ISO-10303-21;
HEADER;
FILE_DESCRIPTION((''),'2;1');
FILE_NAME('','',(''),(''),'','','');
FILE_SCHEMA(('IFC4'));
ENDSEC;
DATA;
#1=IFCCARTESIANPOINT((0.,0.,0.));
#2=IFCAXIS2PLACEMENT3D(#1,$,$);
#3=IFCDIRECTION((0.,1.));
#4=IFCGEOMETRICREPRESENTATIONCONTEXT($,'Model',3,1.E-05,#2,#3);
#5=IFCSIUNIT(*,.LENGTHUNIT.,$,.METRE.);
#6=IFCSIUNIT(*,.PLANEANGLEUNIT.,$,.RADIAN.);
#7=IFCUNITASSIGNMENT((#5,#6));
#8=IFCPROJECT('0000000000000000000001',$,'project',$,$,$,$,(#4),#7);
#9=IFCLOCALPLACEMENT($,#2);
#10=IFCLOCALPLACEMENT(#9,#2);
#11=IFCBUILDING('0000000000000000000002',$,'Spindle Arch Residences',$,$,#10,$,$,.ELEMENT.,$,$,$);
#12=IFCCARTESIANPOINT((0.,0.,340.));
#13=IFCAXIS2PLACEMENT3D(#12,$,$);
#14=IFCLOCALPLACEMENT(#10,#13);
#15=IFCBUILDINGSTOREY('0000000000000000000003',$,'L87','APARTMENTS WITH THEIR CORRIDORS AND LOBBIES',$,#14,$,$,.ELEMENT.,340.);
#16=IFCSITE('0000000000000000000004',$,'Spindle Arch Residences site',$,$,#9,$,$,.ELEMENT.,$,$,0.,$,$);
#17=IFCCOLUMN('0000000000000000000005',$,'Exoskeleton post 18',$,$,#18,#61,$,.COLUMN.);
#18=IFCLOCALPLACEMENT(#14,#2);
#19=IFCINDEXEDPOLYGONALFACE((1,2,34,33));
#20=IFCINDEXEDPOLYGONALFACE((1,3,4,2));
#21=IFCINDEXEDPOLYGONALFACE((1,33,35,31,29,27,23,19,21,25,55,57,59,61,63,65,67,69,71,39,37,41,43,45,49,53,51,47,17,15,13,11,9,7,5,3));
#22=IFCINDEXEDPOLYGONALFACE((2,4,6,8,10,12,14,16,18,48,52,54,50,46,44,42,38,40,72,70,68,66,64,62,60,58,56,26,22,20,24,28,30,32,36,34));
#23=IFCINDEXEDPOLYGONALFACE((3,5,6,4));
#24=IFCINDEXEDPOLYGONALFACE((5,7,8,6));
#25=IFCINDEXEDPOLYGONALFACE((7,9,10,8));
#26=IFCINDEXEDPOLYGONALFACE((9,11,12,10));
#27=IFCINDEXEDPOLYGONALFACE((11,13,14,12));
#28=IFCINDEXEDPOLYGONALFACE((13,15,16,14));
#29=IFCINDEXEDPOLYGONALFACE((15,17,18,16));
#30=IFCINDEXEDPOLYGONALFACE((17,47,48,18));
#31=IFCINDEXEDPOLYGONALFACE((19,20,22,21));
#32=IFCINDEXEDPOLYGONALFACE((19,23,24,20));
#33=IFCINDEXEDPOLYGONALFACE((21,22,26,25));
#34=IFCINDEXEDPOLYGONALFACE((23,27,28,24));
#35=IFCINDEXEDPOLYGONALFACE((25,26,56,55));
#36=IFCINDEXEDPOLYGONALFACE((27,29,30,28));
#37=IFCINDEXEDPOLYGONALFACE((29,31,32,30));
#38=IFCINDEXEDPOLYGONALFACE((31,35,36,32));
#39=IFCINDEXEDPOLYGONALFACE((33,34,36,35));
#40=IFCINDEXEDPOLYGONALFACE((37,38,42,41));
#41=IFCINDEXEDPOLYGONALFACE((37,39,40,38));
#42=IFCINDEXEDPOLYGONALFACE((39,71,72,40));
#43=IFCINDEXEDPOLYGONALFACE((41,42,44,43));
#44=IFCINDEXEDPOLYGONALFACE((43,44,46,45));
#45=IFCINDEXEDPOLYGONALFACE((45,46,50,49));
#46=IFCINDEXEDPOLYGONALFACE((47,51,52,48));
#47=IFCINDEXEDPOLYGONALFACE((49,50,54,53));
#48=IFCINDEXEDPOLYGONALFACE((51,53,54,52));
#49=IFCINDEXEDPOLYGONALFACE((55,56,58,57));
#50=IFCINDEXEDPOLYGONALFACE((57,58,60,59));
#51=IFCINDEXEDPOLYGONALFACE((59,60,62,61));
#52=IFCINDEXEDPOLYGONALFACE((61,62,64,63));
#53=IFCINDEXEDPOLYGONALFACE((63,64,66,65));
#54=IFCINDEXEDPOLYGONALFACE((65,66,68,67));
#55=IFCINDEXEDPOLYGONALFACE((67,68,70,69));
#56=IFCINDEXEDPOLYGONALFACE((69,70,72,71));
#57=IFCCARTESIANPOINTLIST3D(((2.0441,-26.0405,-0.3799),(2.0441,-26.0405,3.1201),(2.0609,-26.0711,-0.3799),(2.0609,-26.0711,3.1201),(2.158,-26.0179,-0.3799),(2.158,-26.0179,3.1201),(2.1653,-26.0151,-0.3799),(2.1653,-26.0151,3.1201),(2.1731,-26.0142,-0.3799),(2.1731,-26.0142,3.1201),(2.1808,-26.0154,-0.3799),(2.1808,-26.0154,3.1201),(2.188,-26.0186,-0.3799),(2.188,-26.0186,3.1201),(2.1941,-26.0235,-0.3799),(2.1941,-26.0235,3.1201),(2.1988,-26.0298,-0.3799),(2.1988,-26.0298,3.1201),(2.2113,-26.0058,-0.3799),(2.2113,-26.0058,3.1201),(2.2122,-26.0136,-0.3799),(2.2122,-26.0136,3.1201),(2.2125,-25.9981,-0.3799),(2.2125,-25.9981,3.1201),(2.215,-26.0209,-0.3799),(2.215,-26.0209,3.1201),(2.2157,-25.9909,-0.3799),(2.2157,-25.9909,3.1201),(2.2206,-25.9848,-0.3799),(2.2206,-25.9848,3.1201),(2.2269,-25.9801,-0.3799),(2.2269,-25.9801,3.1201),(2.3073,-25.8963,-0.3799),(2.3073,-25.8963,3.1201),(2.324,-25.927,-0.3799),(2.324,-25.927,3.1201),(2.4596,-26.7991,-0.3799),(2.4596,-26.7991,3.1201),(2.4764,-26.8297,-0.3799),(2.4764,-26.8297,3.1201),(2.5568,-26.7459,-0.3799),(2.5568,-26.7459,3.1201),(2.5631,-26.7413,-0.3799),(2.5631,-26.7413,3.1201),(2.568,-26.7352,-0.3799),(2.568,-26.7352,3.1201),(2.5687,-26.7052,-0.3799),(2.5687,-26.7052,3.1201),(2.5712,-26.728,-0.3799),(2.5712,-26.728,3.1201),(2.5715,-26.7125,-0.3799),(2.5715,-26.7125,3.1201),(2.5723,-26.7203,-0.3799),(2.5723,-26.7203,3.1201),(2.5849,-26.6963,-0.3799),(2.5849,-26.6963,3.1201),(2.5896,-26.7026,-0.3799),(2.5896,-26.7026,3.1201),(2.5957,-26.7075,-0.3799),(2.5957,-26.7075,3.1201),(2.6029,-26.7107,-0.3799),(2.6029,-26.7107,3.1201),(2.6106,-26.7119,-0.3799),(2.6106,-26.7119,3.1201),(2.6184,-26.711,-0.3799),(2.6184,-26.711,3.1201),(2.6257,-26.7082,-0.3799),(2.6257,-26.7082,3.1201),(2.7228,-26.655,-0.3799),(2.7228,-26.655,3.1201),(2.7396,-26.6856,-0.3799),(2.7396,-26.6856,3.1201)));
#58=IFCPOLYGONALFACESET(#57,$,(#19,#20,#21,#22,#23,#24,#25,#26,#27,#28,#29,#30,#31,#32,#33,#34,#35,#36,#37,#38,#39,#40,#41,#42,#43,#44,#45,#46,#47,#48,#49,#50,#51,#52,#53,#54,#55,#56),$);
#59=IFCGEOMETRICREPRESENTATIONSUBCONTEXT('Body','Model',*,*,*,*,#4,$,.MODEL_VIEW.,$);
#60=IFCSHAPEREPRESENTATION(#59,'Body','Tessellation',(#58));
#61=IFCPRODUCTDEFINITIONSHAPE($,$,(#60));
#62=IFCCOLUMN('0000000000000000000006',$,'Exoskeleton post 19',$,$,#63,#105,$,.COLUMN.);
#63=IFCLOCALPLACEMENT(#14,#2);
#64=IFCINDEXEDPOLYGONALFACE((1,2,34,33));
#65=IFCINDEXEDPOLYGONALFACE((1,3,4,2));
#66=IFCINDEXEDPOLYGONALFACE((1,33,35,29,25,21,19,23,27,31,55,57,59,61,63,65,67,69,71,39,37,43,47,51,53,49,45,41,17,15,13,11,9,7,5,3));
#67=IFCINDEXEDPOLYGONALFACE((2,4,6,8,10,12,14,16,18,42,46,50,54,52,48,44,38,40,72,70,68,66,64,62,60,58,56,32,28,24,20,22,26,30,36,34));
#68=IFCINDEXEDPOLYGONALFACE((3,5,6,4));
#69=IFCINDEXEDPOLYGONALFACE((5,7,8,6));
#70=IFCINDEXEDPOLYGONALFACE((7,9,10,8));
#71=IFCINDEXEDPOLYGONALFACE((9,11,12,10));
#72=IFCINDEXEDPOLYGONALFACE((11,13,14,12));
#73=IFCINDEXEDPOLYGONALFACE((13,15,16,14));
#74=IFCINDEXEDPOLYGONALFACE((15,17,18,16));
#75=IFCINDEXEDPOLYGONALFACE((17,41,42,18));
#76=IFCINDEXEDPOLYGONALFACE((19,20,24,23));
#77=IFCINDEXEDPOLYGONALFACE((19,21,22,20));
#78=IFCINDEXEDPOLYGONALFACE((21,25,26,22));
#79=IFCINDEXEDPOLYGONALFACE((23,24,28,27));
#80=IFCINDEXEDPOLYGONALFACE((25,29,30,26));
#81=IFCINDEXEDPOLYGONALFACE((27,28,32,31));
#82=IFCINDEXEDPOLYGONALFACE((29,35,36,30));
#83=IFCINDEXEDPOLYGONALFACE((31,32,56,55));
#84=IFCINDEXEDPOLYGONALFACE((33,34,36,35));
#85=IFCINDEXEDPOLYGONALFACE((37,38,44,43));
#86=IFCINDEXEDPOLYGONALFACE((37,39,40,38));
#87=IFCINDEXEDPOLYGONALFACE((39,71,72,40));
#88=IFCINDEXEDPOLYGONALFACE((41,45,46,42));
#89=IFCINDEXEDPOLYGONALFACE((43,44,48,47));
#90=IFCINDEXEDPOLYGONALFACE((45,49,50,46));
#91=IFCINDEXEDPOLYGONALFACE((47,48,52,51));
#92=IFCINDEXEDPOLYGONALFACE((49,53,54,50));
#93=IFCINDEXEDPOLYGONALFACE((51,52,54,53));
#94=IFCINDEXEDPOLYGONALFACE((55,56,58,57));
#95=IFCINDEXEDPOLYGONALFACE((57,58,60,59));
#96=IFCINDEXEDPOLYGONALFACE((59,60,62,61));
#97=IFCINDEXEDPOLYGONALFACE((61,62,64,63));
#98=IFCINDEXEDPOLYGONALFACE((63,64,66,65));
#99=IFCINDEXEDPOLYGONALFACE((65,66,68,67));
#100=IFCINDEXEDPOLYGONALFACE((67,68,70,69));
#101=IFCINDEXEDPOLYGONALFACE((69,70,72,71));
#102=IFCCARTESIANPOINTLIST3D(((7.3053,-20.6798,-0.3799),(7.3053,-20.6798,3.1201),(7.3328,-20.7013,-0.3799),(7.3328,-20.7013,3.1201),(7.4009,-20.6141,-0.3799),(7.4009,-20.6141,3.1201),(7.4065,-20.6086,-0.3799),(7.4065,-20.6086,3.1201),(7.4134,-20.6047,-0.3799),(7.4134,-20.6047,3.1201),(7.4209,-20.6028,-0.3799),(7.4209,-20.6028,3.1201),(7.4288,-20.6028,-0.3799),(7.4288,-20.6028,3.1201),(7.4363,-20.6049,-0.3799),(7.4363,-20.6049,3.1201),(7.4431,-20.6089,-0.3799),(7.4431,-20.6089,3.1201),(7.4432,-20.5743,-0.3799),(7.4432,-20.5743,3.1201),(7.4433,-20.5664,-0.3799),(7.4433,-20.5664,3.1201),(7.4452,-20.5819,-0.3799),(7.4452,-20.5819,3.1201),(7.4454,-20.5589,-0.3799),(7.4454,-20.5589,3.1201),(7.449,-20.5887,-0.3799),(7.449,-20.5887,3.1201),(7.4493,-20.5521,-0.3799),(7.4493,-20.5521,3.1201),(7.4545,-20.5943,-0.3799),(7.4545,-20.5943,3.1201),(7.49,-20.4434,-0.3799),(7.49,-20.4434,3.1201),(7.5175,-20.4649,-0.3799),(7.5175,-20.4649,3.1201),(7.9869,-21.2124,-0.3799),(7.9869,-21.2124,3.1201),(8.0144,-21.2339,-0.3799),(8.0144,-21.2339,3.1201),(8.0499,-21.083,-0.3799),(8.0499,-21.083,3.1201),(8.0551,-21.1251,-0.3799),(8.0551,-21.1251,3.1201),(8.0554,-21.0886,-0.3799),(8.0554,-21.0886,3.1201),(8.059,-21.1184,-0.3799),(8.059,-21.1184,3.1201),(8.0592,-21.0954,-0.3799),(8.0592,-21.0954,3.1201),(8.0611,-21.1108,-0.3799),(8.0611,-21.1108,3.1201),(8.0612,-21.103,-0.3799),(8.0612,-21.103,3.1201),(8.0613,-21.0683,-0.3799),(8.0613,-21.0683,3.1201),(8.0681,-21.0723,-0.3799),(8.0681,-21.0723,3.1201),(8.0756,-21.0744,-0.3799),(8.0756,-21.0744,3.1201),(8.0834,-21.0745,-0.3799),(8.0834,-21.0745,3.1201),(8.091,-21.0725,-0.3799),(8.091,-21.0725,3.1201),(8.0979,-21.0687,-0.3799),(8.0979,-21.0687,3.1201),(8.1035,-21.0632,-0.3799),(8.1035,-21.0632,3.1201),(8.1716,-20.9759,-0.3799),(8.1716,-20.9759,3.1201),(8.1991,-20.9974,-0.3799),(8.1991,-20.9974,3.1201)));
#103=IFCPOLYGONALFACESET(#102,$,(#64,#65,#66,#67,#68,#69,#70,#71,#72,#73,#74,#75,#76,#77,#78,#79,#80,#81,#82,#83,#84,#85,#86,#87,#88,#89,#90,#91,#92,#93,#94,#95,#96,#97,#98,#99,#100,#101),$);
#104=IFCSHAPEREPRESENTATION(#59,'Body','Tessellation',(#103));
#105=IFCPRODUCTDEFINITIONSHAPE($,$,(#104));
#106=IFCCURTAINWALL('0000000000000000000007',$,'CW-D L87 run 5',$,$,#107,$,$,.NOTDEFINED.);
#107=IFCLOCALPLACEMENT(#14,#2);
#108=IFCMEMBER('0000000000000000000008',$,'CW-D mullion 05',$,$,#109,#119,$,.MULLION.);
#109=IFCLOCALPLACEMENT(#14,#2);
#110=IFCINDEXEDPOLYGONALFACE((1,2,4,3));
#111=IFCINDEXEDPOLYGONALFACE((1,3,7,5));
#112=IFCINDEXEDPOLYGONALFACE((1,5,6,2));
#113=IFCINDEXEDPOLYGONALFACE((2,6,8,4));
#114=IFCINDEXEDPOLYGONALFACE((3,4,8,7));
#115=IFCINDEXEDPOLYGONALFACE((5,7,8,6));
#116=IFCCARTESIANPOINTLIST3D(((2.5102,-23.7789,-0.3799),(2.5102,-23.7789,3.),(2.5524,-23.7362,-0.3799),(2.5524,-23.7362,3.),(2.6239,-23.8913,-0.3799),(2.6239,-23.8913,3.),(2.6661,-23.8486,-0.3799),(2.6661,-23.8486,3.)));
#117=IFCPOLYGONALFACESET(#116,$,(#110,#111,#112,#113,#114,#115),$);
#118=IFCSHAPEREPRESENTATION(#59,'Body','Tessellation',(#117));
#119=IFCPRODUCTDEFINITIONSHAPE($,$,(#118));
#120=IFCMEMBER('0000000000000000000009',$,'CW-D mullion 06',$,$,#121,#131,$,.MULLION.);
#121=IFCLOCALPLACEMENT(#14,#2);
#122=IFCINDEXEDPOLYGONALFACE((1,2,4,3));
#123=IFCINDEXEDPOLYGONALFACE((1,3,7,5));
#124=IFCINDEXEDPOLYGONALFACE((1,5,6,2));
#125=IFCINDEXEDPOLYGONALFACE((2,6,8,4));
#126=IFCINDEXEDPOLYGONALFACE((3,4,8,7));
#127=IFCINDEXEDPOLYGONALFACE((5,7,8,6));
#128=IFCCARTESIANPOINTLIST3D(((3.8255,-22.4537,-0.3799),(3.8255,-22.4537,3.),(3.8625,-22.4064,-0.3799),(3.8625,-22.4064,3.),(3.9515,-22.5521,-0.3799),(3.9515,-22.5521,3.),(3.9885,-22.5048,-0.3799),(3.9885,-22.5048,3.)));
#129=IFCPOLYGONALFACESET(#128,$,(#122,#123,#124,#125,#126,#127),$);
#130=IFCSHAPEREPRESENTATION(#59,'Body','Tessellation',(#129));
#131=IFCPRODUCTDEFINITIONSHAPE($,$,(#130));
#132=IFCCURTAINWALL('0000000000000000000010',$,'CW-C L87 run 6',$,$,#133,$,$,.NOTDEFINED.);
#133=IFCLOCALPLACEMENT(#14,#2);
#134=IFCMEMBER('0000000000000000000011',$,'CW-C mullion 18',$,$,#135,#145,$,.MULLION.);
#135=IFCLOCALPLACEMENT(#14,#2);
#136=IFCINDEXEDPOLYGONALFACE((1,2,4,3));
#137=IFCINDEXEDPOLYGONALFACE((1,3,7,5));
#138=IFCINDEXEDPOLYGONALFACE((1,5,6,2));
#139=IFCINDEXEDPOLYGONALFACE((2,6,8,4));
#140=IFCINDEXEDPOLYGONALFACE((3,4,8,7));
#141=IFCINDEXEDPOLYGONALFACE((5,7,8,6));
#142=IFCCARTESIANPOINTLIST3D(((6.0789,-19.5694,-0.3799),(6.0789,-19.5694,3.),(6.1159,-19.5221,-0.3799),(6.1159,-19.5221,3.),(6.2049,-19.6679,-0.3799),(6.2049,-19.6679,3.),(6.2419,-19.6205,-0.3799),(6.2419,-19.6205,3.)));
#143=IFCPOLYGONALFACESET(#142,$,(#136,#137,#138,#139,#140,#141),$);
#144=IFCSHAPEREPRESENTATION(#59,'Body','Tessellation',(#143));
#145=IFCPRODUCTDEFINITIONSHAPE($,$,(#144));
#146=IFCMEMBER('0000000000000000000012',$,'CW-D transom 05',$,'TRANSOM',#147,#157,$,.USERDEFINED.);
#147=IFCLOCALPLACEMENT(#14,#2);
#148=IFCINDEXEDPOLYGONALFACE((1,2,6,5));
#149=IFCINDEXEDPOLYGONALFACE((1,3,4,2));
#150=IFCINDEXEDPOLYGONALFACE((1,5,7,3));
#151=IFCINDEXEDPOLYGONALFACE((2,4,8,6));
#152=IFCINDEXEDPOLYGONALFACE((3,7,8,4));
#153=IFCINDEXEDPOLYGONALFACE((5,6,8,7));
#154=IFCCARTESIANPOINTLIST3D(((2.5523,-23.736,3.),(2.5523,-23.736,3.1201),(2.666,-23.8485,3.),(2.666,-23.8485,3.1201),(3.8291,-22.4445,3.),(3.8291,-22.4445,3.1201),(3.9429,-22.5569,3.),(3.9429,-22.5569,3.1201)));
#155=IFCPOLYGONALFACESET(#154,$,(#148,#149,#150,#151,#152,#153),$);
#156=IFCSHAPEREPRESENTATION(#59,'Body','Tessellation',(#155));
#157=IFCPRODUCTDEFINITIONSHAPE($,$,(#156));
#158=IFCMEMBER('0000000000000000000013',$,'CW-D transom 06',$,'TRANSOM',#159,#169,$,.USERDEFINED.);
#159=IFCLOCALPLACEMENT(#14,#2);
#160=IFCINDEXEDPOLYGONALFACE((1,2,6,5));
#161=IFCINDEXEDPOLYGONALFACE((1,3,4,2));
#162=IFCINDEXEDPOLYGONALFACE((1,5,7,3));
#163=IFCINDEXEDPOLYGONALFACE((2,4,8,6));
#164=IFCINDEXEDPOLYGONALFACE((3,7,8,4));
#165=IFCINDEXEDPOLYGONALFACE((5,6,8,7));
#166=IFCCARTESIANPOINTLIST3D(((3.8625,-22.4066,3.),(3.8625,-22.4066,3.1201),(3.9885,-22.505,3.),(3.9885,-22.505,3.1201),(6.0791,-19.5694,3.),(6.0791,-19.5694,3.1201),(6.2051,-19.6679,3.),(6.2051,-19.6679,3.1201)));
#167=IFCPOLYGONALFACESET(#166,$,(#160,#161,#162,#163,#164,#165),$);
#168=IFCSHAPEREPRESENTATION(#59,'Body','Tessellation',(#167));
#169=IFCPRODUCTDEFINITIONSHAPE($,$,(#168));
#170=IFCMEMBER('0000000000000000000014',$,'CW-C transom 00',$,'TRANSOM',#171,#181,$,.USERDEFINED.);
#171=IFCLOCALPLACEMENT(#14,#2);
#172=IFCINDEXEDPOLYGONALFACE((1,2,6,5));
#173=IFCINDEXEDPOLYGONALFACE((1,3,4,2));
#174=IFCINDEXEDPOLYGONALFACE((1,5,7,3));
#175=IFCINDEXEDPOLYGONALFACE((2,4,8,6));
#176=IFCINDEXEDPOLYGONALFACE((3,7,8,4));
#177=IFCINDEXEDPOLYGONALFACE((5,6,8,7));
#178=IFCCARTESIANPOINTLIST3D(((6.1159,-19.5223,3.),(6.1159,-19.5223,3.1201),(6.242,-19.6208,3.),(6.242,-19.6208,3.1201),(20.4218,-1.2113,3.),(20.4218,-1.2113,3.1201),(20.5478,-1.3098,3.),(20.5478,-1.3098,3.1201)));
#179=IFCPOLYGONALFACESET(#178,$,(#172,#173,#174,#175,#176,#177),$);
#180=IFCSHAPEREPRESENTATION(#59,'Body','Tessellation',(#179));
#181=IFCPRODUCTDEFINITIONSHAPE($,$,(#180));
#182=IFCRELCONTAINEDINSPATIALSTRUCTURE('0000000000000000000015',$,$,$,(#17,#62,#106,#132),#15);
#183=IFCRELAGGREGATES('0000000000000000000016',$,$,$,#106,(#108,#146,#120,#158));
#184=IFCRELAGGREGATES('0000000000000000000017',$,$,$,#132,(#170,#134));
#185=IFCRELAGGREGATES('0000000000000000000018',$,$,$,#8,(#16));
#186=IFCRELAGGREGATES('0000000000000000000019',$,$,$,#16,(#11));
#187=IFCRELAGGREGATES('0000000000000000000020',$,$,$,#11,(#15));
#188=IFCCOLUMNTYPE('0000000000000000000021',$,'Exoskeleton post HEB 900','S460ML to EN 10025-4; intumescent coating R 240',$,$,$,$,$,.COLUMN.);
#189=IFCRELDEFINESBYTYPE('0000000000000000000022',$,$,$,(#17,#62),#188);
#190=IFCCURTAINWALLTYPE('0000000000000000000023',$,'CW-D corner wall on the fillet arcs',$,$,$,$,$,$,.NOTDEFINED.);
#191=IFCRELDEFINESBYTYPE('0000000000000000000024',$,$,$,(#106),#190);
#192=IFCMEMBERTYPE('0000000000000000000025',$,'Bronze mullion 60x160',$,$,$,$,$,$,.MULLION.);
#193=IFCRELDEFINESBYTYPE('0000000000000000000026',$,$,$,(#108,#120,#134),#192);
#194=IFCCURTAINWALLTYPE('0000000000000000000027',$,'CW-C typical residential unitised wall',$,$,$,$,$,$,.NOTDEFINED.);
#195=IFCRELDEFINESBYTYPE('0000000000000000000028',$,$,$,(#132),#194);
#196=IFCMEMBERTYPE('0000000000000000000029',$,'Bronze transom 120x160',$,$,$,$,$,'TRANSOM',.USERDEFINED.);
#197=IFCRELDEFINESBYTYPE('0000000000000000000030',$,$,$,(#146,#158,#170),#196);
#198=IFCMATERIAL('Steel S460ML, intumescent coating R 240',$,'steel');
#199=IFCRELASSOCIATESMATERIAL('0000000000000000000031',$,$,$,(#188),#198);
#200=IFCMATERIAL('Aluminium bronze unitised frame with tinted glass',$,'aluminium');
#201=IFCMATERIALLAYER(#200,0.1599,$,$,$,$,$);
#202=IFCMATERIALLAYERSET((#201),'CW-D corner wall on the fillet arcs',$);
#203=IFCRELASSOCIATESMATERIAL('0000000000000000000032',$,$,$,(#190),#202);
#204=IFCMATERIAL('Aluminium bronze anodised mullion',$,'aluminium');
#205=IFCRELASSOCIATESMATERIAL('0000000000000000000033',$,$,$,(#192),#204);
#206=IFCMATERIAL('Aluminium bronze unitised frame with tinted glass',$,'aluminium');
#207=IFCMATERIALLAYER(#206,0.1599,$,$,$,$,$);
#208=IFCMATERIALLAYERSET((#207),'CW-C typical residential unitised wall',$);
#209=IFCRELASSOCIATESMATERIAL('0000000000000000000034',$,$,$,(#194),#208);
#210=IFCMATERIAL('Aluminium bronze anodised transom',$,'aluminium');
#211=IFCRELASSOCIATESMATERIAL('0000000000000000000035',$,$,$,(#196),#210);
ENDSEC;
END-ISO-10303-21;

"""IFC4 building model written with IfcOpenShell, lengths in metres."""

from ifc_helpers import new_model, si_unit, direction, frame, origin, origin_2d, place, context, subcontext, project, spatial, rectangle, i_section, extrude, material, layer, layer_set, material_profile, profile_set, type_object, element, aggregate, save


model = new_model("IFC4")

# Units and contexts
model_context = context("Model", 3, precision=1e-05, world=origin(), true_north=direction((0.0, 1.0)))
body_context = subcontext(model_context, "Body", "Model", "MODEL_VIEW")
ifc_project = project(units=[si_unit("LENGTHUNIT", "METRE"), si_unit("PLANEANGLEUNIT", "RADIAN")], contexts=[model_context])

# Site, building, storey
site_placement = place(None, origin())
site = spatial("IfcSite", under=ifc_project, at=site_placement, Name="Spindle Arch Residences site", CompositionType="ELEMENT", RefElevation=0.0)
building_placement = place(site_placement, origin())
building = spatial("IfcBuilding", under=site, at=building_placement, Name="Spindle Arch Residences", CompositionType="ELEMENT")
storey_placement = place(building_placement, frame((0.0, 0.0, 340.0)))
storey = spatial("IfcBuildingStorey", under=building, at=storey_placement, Name="L87", Description="APARTMENTS WITH THEIR CORRIDORS AND LOBBIES", CompositionType="ELEMENT", Elevation=340.0)

# Columns
ifc_material_1 = material(Name="Steel S460ML, intumescent coating R 240", Category="steel")
ifc_material_profile_1 = material_profile(ifc_material_1, i_section(OverallWidth=0.3, OverallDepth=0.8999, WebThickness=0.0186, FlangeThickness=0.0349, FilletRadius=0.03, at=origin_2d()), Name="HEB 900")
ifc_profile_set_1 = profile_set([ifc_material_profile_1], Name="Steel S460ML, intumescent coating R 240")
column_type = type_object("IfcColumnType", Name="Exoskeleton post HEB 900", Description="S460ML to EN 10025-4; intumescent coating R 240", PredefinedType="COLUMN", material=ifc_profile_set_1)
for number, where, z_axis, x_axis, name in (
    (1, (2.3918, -26.363, -0.3799), (0.0, 0.0, 1.0), (-0.877055, -0.480389, 0.0), "Exoskeleton post 18"),
    (2, (7.7522, -20.8386, -0.3799), (0.0, 0.0, 1.0), (-0.615661, -0.788011, 0.0), "Exoskeleton post 19"),
):
    element("IfcColumn", number, at=place(storey_placement, frame(where, z_axis=z_axis, x_axis=x_axis)), inside=storey, type_object=column_type, Name=name, PredefinedType="COLUMN", context=body_context, shape_type="SweptSolid", body=[
        extrude(i_section(OverallWidth=0.3, OverallDepth=0.8999, WebThickness=0.0186, FlangeThickness=0.0349, FilletRadius=0.03, at=origin_2d()), origin(), (0.0, 0.0, 1.0), 3.5),
    ])

# Curtain wall, members
ifc_material_2 = material(Name="Aluminium bronze unitised frame with tinted glass", Category="aluminium")
ifc_layer_1 = layer(ifc_material_2, 0.1599)
ifc_layer_set_1 = layer_set([ifc_layer_1], Name="CW-D corner wall on the fillet arcs")
curtain_wall_type_1 = type_object("IfcCurtainWallType", Name="CW-D corner wall on the fillet arcs", PredefinedType="NOTDEFINED", material=ifc_layer_set_1)
curtain_wall_1_placement = place(storey_placement, origin())
curtain_wall_1 = element("IfcCurtainWall", 3, at=curtain_wall_1_placement, inside=storey, type_object=curtain_wall_type_1, Name="CW-D L87 run 5", PredefinedType="NOTDEFINED")
ifc_material_3 = material(Name="Aluminium bronze anodised mullion", Category="aluminium")
ifc_material_profile_2 = material_profile(ifc_material_3, rectangle(XDim=0.1599, YDim=0.0601, at=origin_2d()), Name="MU 60x160")
ifc_profile_set_2 = profile_set([ifc_material_profile_2], Name="Aluminium bronze anodised mullion")
member_type_1 = type_object("IfcMemberType", Name="Bronze mullion 60x160", PredefinedType="MULLION", material=ifc_profile_set_2)
member_1_placement = place(storey_placement, frame((2.5881, -23.8137, -0.3799), z_axis=(0.0, 0.0, 1.0), x_axis=(-0.711209, 0.702981, 0.0)))
member_1 = element("IfcMember", 4, at=member_1_placement, type_object=member_type_1, Name="CW-D mullion 05", PredefinedType="MULLION", context=body_context, shape_type="SweptSolid", body=[
    extrude(rectangle(XDim=0.1599, YDim=0.0601, at=origin_2d()), origin(), (0.0, 0.0, 1.0), 3.3799),
])
member_2_placement = place(storey_placement, frame((3.907, -22.4792, -0.3799), z_axis=(0.0, 0.0, 1.0), x_axis=(-0.788011, 0.615661, 0.0)))
member_2 = element("IfcMember", 5, at=member_2_placement, type_object=member_type_1, Name="CW-D mullion 06", PredefinedType="MULLION", context=body_context, shape_type="SweptSolid", body=[
    extrude(rectangle(XDim=0.1599, YDim=0.0601, at=origin_2d()), origin(), (0.0, 0.0, 1.0), 3.3799),
])

# Curtain wall, member
ifc_material_4 = material(Name="Aluminium bronze unitised frame with tinted glass", Category="aluminium")
ifc_layer_2 = layer(ifc_material_4, 0.1599)
ifc_layer_set_2 = layer_set([ifc_layer_2], Name="CW-C typical residential unitised wall")
curtain_wall_type_2 = type_object("IfcCurtainWallType", Name="CW-C typical residential unitised wall", PredefinedType="NOTDEFINED", material=ifc_layer_set_2)
curtain_wall_2_placement = place(storey_placement, origin())
curtain_wall_2 = element("IfcCurtainWall", 6, at=curtain_wall_2_placement, inside=storey, type_object=curtain_wall_type_2, Name="CW-C L87 run 6", PredefinedType="NOTDEFINED")
member_3_placement = place(storey_placement, frame((6.1604, -19.595, -0.3799), z_axis=(0.0, 0.0, 1.0), x_axis=(-0.788011, 0.615661, 0.0)))
member_3 = element("IfcMember", 7, at=member_3_placement, type_object=member_type_1, Name="CW-C mullion 18", PredefinedType="MULLION", context=body_context, shape_type="SweptSolid", body=[
    extrude(rectangle(XDim=0.1599, YDim=0.0601, at=origin_2d()), origin(), (0.0, 0.0, 1.0), 3.3799),
])

# Members
ifc_material_5 = material(Name="Aluminium bronze anodised transom", Category="aluminium")
ifc_material_profile_3 = material_profile(ifc_material_5, rectangle(XDim=0.1599, YDim=0.1201, at=origin_2d()), Name="TR 120x160")
ifc_profile_set_3 = profile_set([ifc_material_profile_3], Name="Aluminium bronze anodised transom")
member_type_2 = type_object("IfcMemberType", Name="Bronze transom 120x160", ElementType="TRANSOM", PredefinedType="USERDEFINED", material=ifc_profile_set_3)
member_4_placement = place(storey_placement, frame((2.6091, -23.7922, 3.0601), z_axis=(0.703062, 0.711128, 0.0), x_axis=(-0.711128, 0.703062, 0.0)))
member_4 = element("IfcMember", 8, at=member_4_placement, type_object=member_type_2, Name="CW-D transom 05", ObjectType="TRANSOM", PredefinedType="USERDEFINED", context=body_context, shape_type="SweptSolid", body=[
    extrude(rectangle(XDim=0.1599, YDim=0.1201, at=origin_2d()), origin(), (0.0, 0.0, 1.0), 1.8162),
])
member_5_placement = place(storey_placement, frame((3.9255, -22.4558, 3.0601), z_axis=(0.615648, 0.788021, 0.0), x_axis=(-0.788021, 0.615648, 0.0)))
member_5 = element("IfcMember", 9, at=member_5_placement, type_object=member_type_2, Name="CW-D transom 06", ObjectType="TRANSOM", PredefinedType="USERDEFINED", context=body_context, shape_type="SweptSolid", body=[
    extrude(rectangle(XDim=0.1599, YDim=0.1201, at=origin_2d()), origin(), (0.0, 0.0, 1.0), 3.6003),
])
member_6_placement = place(storey_placement, frame((6.179, -19.5715, 3.0601), z_axis=(0.615655, 0.788016, 0.0), x_axis=(-0.788016, 0.615655, 0.0)))
member_6 = element("IfcMember", 10, at=member_6_placement, type_object=member_type_2, Name="CW-C transom 00", ObjectType="TRANSOM", PredefinedType="USERDEFINED", context=body_context, shape_type="SweptSolid", body=[
    extrude(rectangle(XDim=0.1599, YDim=0.1201, at=origin_2d()), origin(), (0.0, 0.0, 1.0), 23.2368),
])

aggregate(curtain_wall_1, [member_1, member_4, member_2, member_5])
aggregate(curtain_wall_2, [member_6, member_3])

save(model, "model.ifc")
